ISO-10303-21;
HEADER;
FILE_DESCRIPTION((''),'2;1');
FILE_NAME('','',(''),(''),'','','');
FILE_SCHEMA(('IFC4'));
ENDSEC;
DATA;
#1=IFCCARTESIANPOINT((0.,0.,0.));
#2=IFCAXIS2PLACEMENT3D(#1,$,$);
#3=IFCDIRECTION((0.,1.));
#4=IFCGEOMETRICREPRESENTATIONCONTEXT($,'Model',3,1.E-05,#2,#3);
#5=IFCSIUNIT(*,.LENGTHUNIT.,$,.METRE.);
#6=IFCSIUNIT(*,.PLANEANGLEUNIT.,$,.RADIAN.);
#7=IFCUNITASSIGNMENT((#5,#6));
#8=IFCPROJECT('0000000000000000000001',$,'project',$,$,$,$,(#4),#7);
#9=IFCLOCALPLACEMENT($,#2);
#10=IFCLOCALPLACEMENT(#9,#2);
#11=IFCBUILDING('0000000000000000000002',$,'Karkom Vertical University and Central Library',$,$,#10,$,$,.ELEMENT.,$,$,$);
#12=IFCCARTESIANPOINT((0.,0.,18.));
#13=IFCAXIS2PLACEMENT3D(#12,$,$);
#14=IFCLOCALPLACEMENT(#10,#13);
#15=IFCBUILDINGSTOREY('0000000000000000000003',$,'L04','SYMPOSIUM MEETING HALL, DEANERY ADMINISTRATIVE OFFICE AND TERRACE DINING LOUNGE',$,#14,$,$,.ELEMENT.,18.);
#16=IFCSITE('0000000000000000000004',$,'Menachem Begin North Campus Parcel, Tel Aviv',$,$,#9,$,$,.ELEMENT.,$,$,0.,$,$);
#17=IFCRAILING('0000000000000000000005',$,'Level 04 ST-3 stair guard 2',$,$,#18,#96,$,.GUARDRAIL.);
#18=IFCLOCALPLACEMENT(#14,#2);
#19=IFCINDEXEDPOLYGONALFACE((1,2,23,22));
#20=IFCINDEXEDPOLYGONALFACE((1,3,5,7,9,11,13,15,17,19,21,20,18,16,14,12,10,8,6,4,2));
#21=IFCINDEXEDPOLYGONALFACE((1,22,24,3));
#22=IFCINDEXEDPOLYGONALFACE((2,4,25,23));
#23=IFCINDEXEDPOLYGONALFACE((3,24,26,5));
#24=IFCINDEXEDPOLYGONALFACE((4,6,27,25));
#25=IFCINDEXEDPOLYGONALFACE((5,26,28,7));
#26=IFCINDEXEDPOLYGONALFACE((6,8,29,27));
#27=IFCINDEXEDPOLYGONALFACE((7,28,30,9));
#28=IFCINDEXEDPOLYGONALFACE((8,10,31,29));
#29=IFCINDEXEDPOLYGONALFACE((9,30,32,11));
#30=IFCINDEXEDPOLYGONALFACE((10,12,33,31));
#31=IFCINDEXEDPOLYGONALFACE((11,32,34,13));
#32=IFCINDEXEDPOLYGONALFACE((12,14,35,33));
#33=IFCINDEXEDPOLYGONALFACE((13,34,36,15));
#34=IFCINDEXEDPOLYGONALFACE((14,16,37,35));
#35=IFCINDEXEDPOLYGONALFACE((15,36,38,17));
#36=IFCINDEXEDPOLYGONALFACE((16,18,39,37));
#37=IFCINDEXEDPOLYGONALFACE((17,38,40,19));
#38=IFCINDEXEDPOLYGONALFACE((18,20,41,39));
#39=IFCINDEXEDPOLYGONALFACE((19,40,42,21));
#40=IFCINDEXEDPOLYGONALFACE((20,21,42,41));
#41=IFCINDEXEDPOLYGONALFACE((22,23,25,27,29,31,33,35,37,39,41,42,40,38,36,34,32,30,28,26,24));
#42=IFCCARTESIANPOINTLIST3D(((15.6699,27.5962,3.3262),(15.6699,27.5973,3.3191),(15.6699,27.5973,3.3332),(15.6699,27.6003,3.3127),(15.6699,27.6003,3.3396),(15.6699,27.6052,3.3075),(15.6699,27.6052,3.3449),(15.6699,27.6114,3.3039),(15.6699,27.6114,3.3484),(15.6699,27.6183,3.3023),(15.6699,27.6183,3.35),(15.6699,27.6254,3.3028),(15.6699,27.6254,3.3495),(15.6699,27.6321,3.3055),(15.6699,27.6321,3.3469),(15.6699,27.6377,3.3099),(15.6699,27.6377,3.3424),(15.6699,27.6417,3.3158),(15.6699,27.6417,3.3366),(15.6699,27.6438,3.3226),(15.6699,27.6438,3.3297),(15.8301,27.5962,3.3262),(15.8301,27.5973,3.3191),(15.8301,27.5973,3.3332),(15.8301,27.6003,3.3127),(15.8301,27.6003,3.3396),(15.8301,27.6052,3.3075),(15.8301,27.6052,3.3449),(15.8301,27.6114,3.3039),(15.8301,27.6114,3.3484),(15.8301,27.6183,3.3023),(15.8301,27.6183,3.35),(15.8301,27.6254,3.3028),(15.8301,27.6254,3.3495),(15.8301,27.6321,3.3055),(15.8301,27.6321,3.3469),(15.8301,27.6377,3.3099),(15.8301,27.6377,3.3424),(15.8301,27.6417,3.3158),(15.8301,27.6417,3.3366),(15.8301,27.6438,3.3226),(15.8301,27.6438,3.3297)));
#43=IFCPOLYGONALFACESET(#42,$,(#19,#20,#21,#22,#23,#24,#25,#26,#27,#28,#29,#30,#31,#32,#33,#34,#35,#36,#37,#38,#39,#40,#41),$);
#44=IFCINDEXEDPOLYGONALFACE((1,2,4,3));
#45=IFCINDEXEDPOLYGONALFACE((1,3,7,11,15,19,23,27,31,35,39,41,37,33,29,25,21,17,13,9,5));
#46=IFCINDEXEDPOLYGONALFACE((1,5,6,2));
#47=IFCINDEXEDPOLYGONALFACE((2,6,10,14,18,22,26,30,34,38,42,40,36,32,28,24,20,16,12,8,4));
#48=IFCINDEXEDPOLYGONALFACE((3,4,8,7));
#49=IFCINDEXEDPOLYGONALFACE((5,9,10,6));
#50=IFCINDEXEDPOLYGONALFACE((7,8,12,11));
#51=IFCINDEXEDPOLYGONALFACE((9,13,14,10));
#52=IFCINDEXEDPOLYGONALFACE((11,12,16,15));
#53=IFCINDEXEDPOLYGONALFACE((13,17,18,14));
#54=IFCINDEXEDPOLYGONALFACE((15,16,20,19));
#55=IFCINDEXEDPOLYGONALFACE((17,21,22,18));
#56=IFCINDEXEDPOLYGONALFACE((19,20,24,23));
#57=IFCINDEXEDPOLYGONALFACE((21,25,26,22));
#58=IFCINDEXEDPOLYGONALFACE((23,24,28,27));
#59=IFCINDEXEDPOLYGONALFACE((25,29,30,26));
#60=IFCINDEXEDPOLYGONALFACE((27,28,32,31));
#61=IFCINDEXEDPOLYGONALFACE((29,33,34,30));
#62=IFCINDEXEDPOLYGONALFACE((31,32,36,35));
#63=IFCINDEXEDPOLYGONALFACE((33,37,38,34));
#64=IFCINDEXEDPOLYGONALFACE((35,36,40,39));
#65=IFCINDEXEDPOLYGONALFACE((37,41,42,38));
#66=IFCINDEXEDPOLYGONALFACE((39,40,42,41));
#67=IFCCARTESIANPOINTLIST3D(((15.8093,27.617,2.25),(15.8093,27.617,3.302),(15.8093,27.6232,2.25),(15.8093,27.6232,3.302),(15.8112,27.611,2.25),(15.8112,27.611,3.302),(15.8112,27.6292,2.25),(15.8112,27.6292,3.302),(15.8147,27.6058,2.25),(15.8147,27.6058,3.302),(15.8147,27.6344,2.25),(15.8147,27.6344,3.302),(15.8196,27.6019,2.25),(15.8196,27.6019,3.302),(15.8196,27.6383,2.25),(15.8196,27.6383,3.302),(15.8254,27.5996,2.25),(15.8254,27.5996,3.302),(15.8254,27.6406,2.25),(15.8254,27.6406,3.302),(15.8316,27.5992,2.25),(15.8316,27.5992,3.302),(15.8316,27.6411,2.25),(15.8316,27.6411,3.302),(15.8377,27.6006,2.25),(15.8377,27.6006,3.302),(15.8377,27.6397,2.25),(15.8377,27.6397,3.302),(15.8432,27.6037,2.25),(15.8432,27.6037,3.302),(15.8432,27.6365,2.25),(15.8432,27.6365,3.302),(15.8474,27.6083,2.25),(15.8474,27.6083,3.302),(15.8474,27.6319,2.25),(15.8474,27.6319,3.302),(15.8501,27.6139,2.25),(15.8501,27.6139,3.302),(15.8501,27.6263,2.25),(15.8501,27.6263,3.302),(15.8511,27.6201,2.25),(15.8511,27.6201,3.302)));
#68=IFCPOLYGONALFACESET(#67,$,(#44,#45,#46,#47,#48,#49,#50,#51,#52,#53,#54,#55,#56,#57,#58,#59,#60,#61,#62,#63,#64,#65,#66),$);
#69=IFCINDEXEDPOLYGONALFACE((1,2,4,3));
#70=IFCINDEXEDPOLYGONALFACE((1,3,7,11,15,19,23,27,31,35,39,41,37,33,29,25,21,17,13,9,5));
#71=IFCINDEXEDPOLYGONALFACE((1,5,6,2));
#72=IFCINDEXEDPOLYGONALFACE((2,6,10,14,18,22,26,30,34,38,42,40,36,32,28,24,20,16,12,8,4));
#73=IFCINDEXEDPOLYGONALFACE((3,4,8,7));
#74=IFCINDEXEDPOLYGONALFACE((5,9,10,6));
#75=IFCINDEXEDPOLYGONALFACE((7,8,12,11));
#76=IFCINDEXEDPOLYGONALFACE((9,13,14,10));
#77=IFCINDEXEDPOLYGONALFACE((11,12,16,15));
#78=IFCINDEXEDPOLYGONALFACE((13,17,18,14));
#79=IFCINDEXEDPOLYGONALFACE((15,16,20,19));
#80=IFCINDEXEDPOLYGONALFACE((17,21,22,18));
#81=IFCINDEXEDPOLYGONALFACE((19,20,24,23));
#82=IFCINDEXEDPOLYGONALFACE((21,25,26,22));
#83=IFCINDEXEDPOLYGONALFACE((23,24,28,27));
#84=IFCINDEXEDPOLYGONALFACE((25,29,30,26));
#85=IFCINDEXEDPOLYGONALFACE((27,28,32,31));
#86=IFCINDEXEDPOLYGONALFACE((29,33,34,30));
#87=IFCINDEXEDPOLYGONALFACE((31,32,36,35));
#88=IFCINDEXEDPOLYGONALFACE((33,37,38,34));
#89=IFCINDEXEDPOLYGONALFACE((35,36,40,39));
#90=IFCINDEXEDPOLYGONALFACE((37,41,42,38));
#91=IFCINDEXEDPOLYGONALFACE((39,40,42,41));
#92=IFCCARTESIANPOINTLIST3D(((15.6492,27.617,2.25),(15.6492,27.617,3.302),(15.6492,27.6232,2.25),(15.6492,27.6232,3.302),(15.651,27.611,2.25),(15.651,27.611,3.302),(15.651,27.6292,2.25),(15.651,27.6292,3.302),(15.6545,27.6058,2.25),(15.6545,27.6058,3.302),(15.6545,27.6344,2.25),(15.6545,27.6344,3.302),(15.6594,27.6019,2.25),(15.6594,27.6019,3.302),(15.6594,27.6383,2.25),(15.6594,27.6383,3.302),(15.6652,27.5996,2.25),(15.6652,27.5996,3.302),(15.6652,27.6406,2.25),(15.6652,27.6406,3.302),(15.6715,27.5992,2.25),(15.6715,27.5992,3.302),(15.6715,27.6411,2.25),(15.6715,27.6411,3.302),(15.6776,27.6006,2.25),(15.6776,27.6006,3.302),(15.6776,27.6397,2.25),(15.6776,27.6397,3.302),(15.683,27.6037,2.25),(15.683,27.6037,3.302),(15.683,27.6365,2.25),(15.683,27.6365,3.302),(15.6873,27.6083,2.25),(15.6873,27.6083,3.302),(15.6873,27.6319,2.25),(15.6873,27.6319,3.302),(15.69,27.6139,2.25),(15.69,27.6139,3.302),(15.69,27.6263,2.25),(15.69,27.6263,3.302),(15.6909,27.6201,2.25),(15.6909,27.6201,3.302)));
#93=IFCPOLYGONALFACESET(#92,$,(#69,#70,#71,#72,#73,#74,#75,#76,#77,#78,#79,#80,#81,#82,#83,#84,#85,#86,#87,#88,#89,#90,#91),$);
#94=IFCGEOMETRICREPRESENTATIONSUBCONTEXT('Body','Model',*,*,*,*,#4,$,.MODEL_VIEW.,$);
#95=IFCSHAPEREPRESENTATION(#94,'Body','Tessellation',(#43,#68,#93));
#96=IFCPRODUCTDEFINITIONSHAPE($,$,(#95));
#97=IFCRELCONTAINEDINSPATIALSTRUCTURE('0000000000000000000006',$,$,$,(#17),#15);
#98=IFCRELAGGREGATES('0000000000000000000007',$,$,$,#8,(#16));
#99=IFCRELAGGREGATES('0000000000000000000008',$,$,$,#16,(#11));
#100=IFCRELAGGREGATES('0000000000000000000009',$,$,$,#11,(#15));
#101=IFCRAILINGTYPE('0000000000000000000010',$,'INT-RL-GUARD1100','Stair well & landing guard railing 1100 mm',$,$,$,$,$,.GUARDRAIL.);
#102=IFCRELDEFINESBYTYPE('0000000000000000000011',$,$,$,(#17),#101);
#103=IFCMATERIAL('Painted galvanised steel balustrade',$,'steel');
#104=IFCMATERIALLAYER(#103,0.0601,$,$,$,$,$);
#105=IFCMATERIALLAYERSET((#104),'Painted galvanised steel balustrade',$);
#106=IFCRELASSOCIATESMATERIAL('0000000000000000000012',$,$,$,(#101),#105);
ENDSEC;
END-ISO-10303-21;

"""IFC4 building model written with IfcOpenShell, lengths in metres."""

from ifc_helpers import new_model, si_unit, direction, frame, origin, origin_2d, place, context, subcontext, project, spatial, circle, extrude, material, layer, layer_set, type_object, element, save


model = new_model("IFC4")

# Units and contexts
model_context = context("Model", 3, precision=1e-05, world=origin(), true_north=direction((0.0, 1.0)))
body_context = subcontext(model_context, "Body", "Model", "MODEL_VIEW")
ifc_project = project(units=[si_unit("LENGTHUNIT", "METRE"), si_unit("PLANEANGLEUNIT", "RADIAN")], contexts=[model_context])

# Site, building, storey
site_placement = place(None, origin())
site = spatial("IfcSite", under=ifc_project, at=site_placement, Name="Menachem Begin North Campus Parcel, Tel Aviv", CompositionType="ELEMENT", RefElevation=0.0)
building_placement = place(site_placement, origin())
building = spatial("IfcBuilding", under=site, at=building_placement, Name="Karkom Vertical University and Central Library", CompositionType="ELEMENT")
storey_placement = place(building_placement, frame((0.0, 0.0, 18.0)))
storey = spatial("IfcBuildingStorey", under=building, at=storey_placement, Name="L04", Description="SYMPOSIUM MEETING HALL, DEANERY ADMINISTRATIVE OFFICE AND TERRACE DINING LOUNGE", CompositionType="ELEMENT", Elevation=18.0)

# Railing
ifc_material_1 = material(Name="Painted galvanised steel balustrade", Category="steel")
ifc_layer_1 = layer(ifc_material_1, 0.0601)
ifc_layer_set_1 = layer_set([ifc_layer_1], Name="Painted galvanised steel balustrade")
railing_type_1 = type_object("IfcRailingType", Name="INT-RL-GUARD1100", Description="Stair well & landing guard railing 1100 mm", PredefinedType="GUARDRAIL", material=ifc_layer_set_1)
railing_1_placement = place(storey_placement, frame((15.8301, 27.6201, 2.25)))
element("IfcRailing", 1, at=railing_1_placement, inside=storey, type_object=railing_type_1, Name="Level 04 ST-3 stair guard 2", PredefinedType="GUARDRAIL", context=body_context, shape_type="SweptSolid", body=[
    extrude(circle(Radius=0.0239, at=origin_2d()), frame((0.0, 0.0, 1.0762), z_axis=(-1.0, 0.0, 0.0), x_axis=(0.0, -1.0, 0.0)), (0.0, 0.0, 1.0), 0.1602),
    extrude(circle(Radius=0.021, at=origin_2d()), origin(), (0.0, 0.0, 1.0), 1.052),
    extrude(circle(Radius=0.021, at=origin_2d()), frame((-0.1602, 0.0, 0.0)), (0.0, 0.0, 1.0), 1.052),
])

save(model, "model.ifc")
